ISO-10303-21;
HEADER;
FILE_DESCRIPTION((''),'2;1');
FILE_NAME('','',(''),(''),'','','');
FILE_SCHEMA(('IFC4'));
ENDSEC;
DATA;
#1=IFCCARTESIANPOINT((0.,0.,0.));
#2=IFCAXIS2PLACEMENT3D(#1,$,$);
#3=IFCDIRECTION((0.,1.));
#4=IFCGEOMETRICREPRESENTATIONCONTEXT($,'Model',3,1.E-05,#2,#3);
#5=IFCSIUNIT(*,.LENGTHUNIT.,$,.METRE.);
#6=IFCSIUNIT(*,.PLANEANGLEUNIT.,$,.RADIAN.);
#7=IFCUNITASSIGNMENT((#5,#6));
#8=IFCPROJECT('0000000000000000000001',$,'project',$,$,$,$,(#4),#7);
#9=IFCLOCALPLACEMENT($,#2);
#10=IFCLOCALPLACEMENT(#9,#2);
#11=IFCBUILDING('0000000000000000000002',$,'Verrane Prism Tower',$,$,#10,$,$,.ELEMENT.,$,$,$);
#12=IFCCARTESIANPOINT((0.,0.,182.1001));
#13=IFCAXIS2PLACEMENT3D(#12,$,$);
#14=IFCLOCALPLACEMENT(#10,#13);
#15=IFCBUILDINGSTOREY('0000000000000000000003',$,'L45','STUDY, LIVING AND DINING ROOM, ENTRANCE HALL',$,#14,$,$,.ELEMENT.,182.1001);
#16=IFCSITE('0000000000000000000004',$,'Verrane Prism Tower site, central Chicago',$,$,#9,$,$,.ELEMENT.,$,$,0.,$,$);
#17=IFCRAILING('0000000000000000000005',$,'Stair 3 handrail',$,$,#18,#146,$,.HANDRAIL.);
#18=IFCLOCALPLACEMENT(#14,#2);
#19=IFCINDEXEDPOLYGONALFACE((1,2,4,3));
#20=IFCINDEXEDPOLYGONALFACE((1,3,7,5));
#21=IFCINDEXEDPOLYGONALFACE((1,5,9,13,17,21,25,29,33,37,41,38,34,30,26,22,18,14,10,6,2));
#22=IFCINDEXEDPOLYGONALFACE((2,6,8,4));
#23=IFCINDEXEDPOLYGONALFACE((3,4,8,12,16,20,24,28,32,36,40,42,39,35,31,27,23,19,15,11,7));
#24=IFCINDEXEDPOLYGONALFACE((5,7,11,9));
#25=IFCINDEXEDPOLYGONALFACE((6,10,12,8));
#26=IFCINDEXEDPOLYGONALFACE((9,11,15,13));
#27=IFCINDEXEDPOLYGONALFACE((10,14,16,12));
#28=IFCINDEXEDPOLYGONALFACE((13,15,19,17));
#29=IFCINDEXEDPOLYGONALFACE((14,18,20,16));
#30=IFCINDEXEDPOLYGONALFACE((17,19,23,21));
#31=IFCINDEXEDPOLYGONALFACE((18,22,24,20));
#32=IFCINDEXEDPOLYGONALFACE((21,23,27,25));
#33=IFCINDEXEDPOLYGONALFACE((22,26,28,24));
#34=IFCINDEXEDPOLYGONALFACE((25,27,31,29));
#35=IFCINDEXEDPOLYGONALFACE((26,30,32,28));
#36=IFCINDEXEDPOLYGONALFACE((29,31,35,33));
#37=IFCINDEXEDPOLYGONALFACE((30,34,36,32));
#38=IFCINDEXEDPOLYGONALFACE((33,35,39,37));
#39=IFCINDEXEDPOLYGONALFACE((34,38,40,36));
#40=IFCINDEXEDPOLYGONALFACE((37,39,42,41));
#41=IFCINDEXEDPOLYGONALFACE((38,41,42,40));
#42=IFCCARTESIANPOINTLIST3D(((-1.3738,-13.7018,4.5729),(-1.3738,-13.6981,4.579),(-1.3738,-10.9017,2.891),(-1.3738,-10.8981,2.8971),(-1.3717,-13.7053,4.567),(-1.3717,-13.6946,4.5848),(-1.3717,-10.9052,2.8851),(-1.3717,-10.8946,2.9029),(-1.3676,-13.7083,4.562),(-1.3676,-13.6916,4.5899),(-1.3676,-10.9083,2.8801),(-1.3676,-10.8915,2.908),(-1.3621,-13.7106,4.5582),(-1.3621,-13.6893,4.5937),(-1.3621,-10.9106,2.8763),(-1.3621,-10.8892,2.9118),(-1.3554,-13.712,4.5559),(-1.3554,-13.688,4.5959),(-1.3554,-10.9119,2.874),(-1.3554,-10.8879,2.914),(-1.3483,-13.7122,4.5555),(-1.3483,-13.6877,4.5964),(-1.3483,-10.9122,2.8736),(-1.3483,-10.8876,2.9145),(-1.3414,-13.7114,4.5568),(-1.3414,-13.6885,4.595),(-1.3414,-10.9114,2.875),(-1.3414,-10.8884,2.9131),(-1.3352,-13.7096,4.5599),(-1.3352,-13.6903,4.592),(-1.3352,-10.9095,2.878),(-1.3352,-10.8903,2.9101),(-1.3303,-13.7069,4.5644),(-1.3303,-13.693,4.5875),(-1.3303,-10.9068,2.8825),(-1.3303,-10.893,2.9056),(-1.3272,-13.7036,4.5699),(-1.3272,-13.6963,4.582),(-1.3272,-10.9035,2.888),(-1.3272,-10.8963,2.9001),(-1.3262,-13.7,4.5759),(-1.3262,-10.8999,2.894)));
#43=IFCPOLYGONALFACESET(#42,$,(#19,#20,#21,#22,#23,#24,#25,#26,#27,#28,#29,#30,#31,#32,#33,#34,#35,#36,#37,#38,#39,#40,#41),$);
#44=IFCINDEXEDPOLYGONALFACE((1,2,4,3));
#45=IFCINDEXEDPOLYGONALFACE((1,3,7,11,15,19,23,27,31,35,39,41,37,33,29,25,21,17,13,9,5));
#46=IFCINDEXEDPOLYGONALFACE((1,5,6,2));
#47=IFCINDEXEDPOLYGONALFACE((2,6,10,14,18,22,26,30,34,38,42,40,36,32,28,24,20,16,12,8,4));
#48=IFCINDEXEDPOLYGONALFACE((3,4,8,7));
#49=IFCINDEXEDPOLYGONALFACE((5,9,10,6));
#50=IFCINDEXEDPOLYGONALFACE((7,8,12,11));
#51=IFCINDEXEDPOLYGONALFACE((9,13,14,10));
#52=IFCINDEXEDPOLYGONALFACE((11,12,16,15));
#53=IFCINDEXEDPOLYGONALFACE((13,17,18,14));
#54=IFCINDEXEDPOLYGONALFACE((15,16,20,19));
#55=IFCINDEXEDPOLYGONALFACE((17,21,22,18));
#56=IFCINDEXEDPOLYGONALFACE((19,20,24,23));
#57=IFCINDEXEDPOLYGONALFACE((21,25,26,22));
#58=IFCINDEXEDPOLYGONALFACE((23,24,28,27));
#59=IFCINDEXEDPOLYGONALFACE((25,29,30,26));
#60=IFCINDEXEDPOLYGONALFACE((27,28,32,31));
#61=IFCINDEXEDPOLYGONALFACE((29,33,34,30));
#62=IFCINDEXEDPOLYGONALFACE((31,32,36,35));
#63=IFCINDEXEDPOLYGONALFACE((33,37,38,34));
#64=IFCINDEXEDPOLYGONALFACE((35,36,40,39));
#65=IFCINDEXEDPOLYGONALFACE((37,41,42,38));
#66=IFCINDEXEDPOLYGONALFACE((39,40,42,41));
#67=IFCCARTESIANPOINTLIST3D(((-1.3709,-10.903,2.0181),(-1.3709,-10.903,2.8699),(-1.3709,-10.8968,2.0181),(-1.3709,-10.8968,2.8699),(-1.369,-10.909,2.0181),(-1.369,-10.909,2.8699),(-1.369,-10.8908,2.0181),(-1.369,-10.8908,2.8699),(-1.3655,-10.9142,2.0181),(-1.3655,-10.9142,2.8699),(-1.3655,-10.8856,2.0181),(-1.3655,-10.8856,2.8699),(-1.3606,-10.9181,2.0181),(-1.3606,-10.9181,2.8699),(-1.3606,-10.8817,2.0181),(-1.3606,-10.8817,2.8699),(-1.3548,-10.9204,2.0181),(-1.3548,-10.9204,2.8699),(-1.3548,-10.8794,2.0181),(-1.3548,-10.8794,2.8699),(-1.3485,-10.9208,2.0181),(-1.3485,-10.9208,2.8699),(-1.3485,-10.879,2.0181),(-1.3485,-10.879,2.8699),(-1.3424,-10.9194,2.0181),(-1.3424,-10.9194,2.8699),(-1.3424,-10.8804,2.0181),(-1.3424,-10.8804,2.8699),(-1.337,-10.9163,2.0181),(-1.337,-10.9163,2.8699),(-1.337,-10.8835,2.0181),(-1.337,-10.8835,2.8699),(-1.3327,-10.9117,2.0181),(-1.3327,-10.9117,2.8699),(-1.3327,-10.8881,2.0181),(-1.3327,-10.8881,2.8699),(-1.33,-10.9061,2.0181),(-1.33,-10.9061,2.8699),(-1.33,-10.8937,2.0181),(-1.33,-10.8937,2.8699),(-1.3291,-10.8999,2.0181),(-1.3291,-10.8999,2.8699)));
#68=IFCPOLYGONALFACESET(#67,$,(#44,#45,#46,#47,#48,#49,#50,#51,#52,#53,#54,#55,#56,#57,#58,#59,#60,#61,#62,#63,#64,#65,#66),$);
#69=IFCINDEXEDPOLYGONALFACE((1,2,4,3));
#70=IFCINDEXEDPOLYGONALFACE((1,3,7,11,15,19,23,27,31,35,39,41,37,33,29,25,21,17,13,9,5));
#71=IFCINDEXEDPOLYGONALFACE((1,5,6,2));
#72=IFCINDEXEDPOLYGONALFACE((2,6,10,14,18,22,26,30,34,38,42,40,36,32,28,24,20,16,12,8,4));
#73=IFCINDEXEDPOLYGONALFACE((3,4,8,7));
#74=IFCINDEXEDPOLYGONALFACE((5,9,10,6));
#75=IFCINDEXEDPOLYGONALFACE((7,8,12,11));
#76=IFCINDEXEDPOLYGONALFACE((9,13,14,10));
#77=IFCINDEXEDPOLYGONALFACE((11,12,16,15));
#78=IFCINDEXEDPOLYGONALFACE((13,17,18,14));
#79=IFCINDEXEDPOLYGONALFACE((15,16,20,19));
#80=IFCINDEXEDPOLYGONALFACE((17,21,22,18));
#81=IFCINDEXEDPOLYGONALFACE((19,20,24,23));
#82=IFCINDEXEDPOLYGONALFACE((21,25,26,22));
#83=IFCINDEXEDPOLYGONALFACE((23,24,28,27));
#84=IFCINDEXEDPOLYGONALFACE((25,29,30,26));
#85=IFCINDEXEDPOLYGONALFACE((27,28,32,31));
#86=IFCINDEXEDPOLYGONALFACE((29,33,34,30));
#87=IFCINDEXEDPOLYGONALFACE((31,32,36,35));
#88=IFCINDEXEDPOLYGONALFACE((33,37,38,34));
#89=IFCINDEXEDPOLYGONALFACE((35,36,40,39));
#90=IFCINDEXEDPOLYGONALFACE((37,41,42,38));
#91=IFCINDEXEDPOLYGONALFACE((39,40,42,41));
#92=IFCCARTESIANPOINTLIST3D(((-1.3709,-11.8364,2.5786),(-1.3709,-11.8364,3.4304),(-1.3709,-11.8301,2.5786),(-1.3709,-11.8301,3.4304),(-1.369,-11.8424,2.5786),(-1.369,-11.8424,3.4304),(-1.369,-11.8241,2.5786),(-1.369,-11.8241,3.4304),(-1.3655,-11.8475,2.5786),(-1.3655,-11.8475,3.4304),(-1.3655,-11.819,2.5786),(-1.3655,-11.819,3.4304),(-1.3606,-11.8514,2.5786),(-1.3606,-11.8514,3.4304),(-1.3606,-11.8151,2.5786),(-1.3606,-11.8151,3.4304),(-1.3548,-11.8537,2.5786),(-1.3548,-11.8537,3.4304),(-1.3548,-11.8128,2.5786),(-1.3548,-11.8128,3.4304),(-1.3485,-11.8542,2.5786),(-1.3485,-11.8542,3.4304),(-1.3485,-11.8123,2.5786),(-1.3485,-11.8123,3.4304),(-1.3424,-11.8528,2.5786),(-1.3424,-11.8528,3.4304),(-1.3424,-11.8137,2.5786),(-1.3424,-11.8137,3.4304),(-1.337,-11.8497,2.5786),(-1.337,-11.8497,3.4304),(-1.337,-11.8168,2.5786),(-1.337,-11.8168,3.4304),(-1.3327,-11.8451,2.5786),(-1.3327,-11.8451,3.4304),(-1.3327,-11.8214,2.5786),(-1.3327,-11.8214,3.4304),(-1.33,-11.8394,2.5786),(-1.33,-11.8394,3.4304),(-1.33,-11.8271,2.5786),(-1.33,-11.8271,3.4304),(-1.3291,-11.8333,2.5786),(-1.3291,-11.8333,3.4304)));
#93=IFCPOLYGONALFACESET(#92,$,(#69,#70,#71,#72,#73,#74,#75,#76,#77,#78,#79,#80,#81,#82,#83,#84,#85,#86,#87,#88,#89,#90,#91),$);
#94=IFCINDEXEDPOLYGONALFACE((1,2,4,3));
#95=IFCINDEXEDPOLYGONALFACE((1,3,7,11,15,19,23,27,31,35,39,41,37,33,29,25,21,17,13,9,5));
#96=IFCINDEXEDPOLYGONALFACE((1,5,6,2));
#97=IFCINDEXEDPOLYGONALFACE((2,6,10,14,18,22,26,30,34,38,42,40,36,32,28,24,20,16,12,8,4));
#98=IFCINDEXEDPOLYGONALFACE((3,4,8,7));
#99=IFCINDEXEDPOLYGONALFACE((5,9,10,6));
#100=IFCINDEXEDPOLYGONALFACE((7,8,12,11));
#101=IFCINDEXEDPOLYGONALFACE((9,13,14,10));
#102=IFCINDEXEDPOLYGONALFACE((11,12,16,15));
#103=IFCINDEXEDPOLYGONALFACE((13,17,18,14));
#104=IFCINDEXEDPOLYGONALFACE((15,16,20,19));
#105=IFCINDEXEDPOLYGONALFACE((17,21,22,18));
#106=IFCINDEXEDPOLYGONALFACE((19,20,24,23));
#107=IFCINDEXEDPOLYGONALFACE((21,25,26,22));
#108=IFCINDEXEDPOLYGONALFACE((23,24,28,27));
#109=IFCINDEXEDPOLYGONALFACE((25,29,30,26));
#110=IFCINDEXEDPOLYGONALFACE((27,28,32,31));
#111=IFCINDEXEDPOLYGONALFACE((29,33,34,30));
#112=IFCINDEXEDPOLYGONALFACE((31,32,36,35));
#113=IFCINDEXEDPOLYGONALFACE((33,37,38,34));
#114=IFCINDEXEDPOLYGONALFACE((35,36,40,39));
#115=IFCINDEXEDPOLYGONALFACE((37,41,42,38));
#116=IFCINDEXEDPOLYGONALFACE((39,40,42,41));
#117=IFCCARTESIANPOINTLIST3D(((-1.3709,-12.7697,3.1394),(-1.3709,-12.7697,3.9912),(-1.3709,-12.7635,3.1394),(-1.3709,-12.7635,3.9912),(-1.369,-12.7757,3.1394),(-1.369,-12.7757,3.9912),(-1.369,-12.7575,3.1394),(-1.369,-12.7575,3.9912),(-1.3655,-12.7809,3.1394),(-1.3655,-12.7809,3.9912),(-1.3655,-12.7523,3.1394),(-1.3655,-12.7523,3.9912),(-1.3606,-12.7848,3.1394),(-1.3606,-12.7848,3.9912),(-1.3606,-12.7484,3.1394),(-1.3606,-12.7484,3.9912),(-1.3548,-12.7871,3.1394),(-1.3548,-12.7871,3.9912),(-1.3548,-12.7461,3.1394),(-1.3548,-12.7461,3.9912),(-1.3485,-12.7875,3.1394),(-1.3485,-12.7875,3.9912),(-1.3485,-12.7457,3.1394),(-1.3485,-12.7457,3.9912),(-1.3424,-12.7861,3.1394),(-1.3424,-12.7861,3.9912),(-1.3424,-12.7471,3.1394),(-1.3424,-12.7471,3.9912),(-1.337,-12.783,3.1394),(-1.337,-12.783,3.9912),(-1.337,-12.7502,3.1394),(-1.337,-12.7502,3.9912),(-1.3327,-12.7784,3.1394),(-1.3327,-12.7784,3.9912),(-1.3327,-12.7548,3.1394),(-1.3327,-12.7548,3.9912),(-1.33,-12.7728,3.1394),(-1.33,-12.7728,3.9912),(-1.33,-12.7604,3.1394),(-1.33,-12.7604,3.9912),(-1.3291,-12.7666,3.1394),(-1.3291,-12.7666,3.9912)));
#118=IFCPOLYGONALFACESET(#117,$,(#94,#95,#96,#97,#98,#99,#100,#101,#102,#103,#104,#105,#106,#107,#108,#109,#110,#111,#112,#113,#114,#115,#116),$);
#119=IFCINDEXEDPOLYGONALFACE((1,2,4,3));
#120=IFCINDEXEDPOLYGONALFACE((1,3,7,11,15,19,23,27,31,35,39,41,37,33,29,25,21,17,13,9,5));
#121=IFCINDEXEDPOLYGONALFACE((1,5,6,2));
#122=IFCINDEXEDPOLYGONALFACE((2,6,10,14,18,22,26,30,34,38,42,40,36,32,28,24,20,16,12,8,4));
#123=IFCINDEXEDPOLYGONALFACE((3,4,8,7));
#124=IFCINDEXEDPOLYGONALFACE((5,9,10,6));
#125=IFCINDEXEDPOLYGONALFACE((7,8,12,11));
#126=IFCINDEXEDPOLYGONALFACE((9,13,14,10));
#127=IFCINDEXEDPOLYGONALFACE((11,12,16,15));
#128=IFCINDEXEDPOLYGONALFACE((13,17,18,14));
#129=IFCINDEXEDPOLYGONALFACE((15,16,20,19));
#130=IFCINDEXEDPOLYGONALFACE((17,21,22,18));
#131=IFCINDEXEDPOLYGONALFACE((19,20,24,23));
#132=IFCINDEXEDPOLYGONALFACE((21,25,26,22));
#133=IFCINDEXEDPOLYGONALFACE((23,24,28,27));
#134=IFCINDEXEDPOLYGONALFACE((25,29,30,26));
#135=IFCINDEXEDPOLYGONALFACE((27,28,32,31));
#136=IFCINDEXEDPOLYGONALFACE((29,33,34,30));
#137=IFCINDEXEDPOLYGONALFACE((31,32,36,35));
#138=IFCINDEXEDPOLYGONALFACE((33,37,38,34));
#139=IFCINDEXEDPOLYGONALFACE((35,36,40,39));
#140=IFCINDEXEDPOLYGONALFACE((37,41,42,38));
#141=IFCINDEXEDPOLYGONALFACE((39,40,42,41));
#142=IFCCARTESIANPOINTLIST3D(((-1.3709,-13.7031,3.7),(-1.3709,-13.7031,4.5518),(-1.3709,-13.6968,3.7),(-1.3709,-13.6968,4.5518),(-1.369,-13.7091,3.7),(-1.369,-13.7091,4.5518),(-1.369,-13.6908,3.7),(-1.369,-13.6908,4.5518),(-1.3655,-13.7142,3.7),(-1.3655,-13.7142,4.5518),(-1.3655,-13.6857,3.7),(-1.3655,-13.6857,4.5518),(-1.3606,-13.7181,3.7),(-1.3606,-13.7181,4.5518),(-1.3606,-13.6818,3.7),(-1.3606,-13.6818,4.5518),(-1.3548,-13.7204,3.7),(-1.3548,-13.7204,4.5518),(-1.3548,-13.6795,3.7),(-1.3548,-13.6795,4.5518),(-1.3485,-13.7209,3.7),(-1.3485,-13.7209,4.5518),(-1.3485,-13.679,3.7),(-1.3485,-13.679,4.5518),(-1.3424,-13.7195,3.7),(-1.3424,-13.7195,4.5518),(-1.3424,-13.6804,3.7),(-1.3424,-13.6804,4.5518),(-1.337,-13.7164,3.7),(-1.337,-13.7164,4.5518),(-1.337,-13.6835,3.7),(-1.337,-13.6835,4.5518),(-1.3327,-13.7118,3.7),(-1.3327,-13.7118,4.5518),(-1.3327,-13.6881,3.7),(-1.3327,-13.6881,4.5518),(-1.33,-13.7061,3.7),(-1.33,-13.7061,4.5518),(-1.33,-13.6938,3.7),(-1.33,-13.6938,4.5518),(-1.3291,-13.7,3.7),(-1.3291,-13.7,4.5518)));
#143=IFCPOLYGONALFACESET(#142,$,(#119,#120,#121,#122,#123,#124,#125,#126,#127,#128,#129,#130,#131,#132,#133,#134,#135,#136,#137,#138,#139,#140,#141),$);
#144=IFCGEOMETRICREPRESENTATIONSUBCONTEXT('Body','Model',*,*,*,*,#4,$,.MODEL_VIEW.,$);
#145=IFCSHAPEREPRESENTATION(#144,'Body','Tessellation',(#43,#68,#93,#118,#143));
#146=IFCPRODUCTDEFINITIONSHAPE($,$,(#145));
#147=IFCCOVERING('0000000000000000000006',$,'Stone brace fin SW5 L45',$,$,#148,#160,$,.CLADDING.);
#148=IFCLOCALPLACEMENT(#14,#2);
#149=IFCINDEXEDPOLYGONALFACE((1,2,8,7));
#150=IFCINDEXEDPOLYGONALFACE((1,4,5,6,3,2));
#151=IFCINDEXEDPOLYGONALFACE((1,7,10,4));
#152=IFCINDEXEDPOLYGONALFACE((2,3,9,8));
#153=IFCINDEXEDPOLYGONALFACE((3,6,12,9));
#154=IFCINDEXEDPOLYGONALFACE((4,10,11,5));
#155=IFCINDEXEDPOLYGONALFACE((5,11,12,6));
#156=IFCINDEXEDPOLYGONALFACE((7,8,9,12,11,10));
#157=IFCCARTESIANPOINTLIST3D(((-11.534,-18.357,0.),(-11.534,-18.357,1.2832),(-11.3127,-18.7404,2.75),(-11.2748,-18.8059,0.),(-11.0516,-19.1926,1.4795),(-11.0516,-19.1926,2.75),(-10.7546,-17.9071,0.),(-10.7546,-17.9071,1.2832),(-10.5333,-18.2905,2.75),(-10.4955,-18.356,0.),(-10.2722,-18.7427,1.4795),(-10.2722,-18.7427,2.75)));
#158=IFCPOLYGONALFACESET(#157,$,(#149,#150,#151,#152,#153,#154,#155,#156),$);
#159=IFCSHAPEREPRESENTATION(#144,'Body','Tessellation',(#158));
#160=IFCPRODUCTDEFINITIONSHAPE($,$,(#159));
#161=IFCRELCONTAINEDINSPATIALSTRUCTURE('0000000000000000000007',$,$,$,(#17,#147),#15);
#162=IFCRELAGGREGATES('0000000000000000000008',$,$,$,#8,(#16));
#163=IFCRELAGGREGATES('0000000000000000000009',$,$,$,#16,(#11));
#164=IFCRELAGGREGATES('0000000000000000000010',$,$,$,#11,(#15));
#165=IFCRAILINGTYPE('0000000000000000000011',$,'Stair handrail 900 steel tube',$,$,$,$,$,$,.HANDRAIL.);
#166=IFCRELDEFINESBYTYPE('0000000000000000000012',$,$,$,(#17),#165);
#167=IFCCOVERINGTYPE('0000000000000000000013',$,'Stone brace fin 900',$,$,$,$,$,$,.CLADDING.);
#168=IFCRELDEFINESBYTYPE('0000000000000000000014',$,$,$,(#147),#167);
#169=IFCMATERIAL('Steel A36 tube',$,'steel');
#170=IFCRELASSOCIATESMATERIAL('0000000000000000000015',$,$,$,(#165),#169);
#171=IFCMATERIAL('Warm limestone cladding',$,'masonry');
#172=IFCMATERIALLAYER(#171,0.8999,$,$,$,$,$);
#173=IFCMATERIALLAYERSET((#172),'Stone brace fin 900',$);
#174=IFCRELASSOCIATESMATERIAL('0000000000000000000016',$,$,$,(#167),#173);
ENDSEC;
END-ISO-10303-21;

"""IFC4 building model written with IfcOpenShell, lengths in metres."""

from ifc_helpers import new_model, si_unit, direction, frame, origin, origin_2d, place, context, subcontext, project, spatial, polyline, circle, outline, extrude, material, layer, layer_set, type_object, element, save


model = new_model("IFC4")

# Units and contexts
model_context = context("Model", 3, precision=1e-05, world=origin(), true_north=direction((0.0, 1.0)))
body_context = subcontext(model_context, "Body", "Model", "MODEL_VIEW")
ifc_project = project(units=[si_unit("LENGTHUNIT", "METRE"), si_unit("PLANEANGLEUNIT", "RADIAN")], contexts=[model_context])

# Site, building, storey
site_placement = place(None, origin())
site = spatial("IfcSite", under=ifc_project, at=site_placement, Name="Verrane Prism Tower site, central Chicago", CompositionType="ELEMENT", RefElevation=0.0)
building_placement = place(site_placement, origin())
building = spatial("IfcBuilding", under=site, at=building_placement, Name="Verrane Prism Tower", CompositionType="ELEMENT")
storey_placement = place(building_placement, frame((0.0, 0.0, 182.1001)))
storey = spatial("IfcBuildingStorey", under=building, at=storey_placement, Name="L45", Description="STUDY, LIVING AND DINING ROOM, ENTRANCE HALL", CompositionType="ELEMENT", Elevation=182.1001)

# Railing
ifc_material_1 = material(Name="Steel A36 tube", Category="steel")
railing_type = type_object("IfcRailingType", Name="Stair handrail 900 steel tube", PredefinedType="HANDRAIL", material=ifc_material_1)
railing_placement = place(storey_placement, frame((-1.3501, -10.8999, 2.0181)))
element("IfcRailing", 1, at=railing_placement, inside=storey, type_object=railing_type, Name="Stair 3 handrail", PredefinedType="HANDRAIL", context=body_context, shape_type="SweptSolid", body=[
    extrude(circle(Radius=0.0239, at=origin_2d()), frame((0.0, 0.0, 0.876), z_axis=(0.0, -0.857242, 0.514913), x_axis=(1.0, 0.0, 0.0)), (0.0, 0.0, 1.0), 3.2664),
    extrude(circle(Radius=0.021, at=origin_2d()), origin(), (0.0, 0.0, 1.0), 0.8518),
    extrude(circle(Radius=0.021, at=origin_2d()), frame((0.0, -0.9333, 0.5605)), (0.0, 0.0, 1.0), 0.8518),
    extrude(circle(Radius=0.021, at=origin_2d()), frame((0.0, -1.8667, 1.1213)), (0.0, 0.0, 1.0), 0.8518),
    extrude(circle(Radius=0.021, at=origin_2d()), frame((0.0, -2.8, 1.6819)), (0.0, 0.0, 1.0), 0.8518),
])

# Covering
ifc_material_2 = material(Name="Warm limestone cladding", Category="masonry")
ifc_layer_1 = layer(ifc_material_2, 0.8999)
ifc_layer_set_1 = layer_set([ifc_layer_1], Name="Stone brace fin 900")
covering_type = type_object("IfcCoveringType", Name="Stone brace fin 900", PredefinedType="CLADDING", material=ifc_layer_set_1)
covering_placement = place(storey_placement, frame((-11.1443, -18.1321, 0.0), z_axis=(0.0, 0.0, 1.0), x_axis=(0.499949, -0.866055, 0.0)))
element("IfcCovering", 2, at=covering_placement, inside=storey, type_object=covering_type, Name="Stone brace fin SW5 L45", PredefinedType="CLADDING", context=body_context, shape_type="SweptSolid", body=[
    extrude(outline(polyline([(0.9648, 2.75), (0.4426, 2.75), (0.0, 1.2832), (0.0, 0.0), (0.5183, 0.0), (0.9648, 1.4795), (0.9648, 2.75)])), frame((0.0, 0.45, 0.0), z_axis=(0.0, -1.0, 0.0), x_axis=(1.0, 0.0, 0.0)), (0.0, 0.0, 1.0), 0.8999),
])

save(model, "model.ifc")
